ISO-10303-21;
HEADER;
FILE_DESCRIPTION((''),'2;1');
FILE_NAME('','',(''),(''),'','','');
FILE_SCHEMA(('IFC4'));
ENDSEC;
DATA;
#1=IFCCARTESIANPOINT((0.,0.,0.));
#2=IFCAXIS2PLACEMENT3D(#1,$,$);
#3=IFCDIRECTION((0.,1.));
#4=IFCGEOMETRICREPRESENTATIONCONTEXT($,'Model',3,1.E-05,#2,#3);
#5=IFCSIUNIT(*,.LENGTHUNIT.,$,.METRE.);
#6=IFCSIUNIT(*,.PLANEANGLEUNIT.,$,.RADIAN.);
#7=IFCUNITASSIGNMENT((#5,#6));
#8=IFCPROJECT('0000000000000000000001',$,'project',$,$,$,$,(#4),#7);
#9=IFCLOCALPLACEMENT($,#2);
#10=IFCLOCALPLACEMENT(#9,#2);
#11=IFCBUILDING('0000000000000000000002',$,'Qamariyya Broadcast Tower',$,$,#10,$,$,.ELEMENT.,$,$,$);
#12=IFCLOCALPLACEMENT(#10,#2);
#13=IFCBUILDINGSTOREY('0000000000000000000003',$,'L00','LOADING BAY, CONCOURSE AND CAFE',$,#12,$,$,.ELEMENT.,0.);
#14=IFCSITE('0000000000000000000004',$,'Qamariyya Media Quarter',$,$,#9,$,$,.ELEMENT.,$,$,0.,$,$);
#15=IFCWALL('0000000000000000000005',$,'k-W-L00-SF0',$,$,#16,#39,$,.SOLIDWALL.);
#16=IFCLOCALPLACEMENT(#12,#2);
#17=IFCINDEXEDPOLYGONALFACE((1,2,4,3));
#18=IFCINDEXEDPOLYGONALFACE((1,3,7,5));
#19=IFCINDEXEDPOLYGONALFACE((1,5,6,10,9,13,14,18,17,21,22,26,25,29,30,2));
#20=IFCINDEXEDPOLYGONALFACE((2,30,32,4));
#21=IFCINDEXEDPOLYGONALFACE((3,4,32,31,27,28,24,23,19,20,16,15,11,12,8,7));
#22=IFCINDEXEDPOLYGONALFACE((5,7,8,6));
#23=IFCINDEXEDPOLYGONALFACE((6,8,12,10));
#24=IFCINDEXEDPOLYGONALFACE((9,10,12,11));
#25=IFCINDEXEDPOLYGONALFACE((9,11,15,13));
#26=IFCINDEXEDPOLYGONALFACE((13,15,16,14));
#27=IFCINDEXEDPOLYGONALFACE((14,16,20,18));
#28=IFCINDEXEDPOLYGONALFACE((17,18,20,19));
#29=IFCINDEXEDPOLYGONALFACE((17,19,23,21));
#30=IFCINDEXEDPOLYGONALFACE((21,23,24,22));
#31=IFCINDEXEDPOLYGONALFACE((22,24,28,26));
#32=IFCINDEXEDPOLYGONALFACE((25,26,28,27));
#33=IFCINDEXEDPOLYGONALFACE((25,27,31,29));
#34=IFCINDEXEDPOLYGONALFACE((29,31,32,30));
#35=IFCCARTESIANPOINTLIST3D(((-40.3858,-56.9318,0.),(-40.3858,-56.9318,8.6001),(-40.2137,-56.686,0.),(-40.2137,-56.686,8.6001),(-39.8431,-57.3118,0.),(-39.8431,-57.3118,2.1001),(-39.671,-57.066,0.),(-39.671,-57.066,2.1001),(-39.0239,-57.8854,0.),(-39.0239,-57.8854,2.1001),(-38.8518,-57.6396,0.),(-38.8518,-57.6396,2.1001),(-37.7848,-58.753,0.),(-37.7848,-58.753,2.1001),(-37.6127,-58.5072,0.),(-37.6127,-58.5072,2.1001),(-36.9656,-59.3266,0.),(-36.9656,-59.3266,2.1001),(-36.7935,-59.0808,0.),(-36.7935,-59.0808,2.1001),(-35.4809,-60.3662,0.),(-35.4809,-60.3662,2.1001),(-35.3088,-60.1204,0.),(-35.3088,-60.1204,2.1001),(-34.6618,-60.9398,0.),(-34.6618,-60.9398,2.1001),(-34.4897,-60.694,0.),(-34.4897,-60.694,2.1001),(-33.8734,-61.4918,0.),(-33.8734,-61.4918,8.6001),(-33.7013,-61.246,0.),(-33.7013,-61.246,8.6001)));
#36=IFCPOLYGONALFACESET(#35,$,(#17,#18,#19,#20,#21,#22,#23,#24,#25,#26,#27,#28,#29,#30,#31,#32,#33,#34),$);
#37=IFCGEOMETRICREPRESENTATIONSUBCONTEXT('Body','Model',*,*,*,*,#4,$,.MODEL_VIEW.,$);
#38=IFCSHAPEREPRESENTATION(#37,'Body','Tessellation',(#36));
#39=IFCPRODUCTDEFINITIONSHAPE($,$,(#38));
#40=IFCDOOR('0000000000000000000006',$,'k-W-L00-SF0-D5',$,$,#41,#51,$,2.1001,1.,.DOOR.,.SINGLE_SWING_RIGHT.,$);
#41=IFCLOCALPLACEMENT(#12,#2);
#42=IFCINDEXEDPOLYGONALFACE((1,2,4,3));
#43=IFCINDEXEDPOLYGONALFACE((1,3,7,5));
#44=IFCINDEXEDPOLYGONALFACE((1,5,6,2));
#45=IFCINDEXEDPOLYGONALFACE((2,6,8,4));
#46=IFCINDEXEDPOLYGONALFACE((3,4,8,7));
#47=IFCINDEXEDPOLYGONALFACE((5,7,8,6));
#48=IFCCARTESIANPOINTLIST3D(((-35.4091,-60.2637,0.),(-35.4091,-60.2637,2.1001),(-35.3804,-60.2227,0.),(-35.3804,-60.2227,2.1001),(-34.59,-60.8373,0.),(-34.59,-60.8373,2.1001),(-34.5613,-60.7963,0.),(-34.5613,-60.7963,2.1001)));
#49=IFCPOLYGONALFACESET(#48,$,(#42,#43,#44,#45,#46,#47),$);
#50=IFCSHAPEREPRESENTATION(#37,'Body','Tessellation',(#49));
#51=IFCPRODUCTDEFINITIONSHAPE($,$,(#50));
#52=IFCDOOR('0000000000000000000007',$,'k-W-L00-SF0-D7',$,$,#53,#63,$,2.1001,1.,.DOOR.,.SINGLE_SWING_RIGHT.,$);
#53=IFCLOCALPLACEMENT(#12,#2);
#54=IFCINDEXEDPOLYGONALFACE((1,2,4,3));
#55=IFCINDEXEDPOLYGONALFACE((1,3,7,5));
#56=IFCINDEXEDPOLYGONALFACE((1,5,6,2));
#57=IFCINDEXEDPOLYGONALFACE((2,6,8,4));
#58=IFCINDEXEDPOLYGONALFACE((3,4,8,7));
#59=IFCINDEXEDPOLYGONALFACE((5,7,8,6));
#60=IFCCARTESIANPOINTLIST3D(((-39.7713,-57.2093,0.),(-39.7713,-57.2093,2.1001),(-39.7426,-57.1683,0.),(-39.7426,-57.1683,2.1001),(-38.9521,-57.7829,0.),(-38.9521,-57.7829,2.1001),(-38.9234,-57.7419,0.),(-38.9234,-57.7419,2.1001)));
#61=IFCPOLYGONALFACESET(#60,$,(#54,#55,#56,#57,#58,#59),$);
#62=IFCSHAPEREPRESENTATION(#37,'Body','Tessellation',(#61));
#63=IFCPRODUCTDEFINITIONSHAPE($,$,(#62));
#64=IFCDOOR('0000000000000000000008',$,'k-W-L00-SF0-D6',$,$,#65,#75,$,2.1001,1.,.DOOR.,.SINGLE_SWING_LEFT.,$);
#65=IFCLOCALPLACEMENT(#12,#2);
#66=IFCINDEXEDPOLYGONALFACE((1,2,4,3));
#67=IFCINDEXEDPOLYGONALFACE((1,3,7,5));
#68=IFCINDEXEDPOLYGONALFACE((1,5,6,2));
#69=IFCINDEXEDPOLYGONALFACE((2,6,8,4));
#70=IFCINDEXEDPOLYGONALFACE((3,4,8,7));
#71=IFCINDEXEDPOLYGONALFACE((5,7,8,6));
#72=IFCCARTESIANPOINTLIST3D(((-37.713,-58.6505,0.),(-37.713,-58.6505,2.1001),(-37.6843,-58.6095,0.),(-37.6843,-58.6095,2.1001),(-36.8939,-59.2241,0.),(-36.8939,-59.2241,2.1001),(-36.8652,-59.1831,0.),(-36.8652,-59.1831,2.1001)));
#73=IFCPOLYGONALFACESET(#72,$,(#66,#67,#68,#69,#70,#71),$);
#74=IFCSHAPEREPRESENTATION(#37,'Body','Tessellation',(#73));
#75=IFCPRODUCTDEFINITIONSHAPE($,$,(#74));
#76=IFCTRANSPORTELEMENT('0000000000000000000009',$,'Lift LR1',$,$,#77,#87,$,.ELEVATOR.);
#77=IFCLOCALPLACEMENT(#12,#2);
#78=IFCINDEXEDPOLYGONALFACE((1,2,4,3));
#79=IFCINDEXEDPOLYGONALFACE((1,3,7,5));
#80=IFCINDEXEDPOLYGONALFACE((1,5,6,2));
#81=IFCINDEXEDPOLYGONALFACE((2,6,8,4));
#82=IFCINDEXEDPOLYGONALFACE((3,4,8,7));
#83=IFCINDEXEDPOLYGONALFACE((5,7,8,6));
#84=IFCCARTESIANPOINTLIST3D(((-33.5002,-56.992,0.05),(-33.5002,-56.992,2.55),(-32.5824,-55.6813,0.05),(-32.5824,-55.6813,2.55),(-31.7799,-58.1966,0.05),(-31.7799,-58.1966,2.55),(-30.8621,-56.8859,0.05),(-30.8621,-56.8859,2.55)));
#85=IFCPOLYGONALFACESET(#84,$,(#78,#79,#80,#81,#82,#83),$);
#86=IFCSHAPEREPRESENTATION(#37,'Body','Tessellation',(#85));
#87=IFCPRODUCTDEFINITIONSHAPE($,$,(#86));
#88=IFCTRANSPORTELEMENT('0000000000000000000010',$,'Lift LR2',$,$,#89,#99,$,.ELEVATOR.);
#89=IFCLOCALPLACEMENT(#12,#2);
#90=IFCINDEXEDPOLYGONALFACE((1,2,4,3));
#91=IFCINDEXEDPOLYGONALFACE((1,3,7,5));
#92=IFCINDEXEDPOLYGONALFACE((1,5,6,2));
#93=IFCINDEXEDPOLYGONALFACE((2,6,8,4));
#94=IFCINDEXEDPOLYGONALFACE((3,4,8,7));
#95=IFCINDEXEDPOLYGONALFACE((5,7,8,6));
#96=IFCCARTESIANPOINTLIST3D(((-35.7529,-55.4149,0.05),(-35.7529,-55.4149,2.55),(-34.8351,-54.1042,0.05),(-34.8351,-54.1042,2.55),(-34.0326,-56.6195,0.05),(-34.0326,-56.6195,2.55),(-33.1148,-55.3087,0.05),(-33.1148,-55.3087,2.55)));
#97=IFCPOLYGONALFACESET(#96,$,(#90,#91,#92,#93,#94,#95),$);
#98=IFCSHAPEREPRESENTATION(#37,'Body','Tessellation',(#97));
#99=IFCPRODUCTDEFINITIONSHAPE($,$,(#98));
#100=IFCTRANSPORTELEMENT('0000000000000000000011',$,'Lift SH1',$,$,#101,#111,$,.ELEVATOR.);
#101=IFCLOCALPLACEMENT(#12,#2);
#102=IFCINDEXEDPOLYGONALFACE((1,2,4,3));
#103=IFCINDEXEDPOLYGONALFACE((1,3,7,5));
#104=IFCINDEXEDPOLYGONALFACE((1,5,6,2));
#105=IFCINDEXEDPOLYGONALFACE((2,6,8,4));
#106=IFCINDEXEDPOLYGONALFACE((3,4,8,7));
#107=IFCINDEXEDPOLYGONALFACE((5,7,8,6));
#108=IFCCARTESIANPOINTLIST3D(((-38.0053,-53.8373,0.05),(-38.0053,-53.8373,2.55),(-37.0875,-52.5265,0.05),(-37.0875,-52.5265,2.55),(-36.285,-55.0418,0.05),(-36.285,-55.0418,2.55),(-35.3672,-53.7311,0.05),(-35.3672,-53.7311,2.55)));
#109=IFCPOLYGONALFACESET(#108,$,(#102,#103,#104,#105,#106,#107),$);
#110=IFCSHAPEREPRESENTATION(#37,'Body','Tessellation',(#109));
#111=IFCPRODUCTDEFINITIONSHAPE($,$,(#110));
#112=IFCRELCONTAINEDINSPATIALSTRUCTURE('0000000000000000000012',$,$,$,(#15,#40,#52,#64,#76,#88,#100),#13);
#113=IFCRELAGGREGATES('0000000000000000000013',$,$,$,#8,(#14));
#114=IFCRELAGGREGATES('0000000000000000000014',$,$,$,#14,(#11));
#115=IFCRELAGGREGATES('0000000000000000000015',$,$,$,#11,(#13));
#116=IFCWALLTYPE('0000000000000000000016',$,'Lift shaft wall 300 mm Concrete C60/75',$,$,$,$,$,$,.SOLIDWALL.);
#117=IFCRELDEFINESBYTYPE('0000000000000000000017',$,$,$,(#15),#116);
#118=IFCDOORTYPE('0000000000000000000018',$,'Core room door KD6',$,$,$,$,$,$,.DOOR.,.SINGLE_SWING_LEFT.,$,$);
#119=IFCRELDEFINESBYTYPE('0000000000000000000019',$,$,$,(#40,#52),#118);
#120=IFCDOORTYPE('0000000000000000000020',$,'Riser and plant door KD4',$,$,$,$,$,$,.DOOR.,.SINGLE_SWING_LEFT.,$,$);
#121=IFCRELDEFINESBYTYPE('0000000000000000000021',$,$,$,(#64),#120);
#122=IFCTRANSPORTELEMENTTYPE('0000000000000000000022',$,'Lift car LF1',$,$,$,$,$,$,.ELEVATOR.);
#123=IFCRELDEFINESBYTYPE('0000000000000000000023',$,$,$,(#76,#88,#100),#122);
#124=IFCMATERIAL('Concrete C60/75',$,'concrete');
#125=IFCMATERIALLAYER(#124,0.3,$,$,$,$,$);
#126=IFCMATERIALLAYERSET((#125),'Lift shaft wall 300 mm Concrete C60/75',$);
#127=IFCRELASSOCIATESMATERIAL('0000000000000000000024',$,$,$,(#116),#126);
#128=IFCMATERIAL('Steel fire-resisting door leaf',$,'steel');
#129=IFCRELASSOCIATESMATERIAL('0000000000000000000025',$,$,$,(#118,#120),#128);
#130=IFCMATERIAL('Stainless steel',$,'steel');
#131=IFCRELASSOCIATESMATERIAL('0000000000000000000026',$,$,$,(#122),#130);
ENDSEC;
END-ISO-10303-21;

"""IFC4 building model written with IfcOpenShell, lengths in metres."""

from ifc_helpers import new_model, si_unit, direction, frame, frame_2d, origin, origin_2d, place, context, subcontext, project, spatial, rectangle, extrude, material, layer, layer_set, type_object, element, fill, save


model = new_model("IFC4")

# Units and contexts
model_context = context("Model", 3, precision=1e-05, world=origin(), true_north=direction((0.0, 1.0)))
body_context = subcontext(model_context, "Body", "Model", "MODEL_VIEW")
ifc_project = project(units=[si_unit("LENGTHUNIT", "METRE"), si_unit("PLANEANGLEUNIT", "RADIAN")], contexts=[model_context])

# Site, building, storey
site_placement = place(None, origin())
site = spatial("IfcSite", under=ifc_project, at=site_placement, Name="Qamariyya Media Quarter", CompositionType="ELEMENT", RefElevation=0.0)
building_placement = place(site_placement, origin())
building = spatial("IfcBuilding", under=site, at=building_placement, Name="Qamariyya Broadcast Tower", CompositionType="ELEMENT")
storey_placement = place(building_placement, origin())
storey = spatial("IfcBuildingStorey", under=building, at=storey_placement, Name="L00", Description="LOADING BAY, CONCOURSE AND CAFE", CompositionType="ELEMENT", Elevation=0.0)

# Shared definitions
ifc_material_1 = material(Name="Concrete C60/75", Category="concrete")
ifc_layer_1 = layer(ifc_material_1, 0.3)
ifc_layer_set_1 = layer_set([ifc_layer_1], Name="Lift shaft wall 300 mm Concrete C60/75")
wall_type_1 = type_object("IfcWallType", Name="Lift shaft wall 300 mm Concrete C60/75", PredefinedType="SOLIDWALL", material=ifc_layer_set_1)
ifc_material_2 = material(Name="Steel fire-resisting door leaf", Category="steel")

# Wall, openings, doors
wall_1_placement = place(storey_placement, frame((-33.7874, -61.3689, 0.0), z_axis=(0.0, 0.0, 1.0), x_axis=(-0.819153, 0.573576, 0.0)))
wall_1 = element("IfcWall", 1, at=wall_1_placement, inside=storey, type_object=wall_type_1, Name="k-W-L00-SF0", PredefinedType="SOLIDWALL", context=body_context, shape_type="SweptSolid", body=[
    extrude(rectangle(XDim=7.9502, YDim=0.3, at=frame_2d((3.9751, 0.0))), origin(), (0.0, 0.0, 1.0), 8.6001),
])
opening_1_placement = place(wall_1_placement, frame((0.9624, 0.0, 0.0)))
opening_1 = element("IfcOpeningElement", 2, at=opening_1_placement, cuts=wall_1, PredefinedType="OPENING", context=body_context, shape_type="SweptSolid", body=[
    extrude(rectangle(XDim=1.0, YDim=2.1001, at=frame_2d((0.5, 1.05))), frame((0.0, 0.1599, 0.0), z_axis=(0.0, -1.0, 0.0), x_axis=(1.0, 0.0, 0.0)), (0.0, 0.0, 1.0), 0.3201),
])
opening_2_placement = place(wall_1_placement, frame((3.7749, 0.0, 0.0)))
opening_2 = element("IfcOpeningElement", 3, at=opening_2_placement, cuts=wall_1, PredefinedType="OPENING", context=body_context, shape_type="SweptSolid", body=[
    extrude(rectangle(XDim=1.0, YDim=2.1001, at=frame_2d((0.5, 1.05))), frame((0.0, 0.1599, 0.0), z_axis=(0.0, -1.0, 0.0), x_axis=(1.0, 0.0, 0.0)), (0.0, 0.0, 1.0), 0.3201),
])
opening_3_placement = place(wall_1_placement, frame((6.2876, 0.0, 0.0)))
opening_3 = element("IfcOpeningElement", 4, at=opening_3_placement, cuts=wall_1, PredefinedType="OPENING", context=body_context, shape_type="SweptSolid", body=[
    extrude(rectangle(XDim=1.0, YDim=2.1001, at=frame_2d((0.5, 1.05))), frame((0.0, 0.1599, 0.0), z_axis=(0.0, -1.0, 0.0), x_axis=(1.0, 0.0, 0.0)), (0.0, 0.0, 1.0), 0.3201),
])
door_type_1 = type_object("IfcDoorType", Name="Core room door KD6", OperationType="SINGLE_SWING_LEFT", PredefinedType="DOOR", material=ifc_material_2)
door_1_placement = place(opening_1_placement, origin())
door_1 = element("IfcDoor", 5, at=door_1_placement, inside=storey, type_object=door_type_1, Name="k-W-L00-SF0-D5", OperationType="SINGLE_SWING_RIGHT", OverallHeight=2.1001, OverallWidth=1.0, PredefinedType="DOOR", context=body_context, shape_type="SweptSolid", body=[
    extrude(rectangle(XDim=1.0, YDim=2.1001, at=frame_2d((0.5, 1.05))), frame((0.0, 0.0249, 0.0), z_axis=(0.0, -1.0, 0.0), x_axis=(1.0, 0.0, 0.0)), (0.0, 0.0, 1.0), 0.05),
])
fill(opening_1, door_1)
door_2_placement = place(opening_3_placement, origin())
door_2 = element("IfcDoor", 6, at=door_2_placement, inside=storey, type_object=door_type_1, Name="k-W-L00-SF0-D7", OperationType="SINGLE_SWING_RIGHT", OverallHeight=2.1001, OverallWidth=1.0, PredefinedType="DOOR", context=body_context, shape_type="SweptSolid", body=[
    extrude(rectangle(XDim=1.0, YDim=2.1001, at=frame_2d((0.5, 1.05))), frame((0.0, 0.0249, 0.0), z_axis=(0.0, -1.0, 0.0), x_axis=(1.0, 0.0, 0.0)), (0.0, 0.0, 1.0), 0.05),
])
fill(opening_3, door_2)
door_type_2 = type_object("IfcDoorType", Name="Riser and plant door KD4", OperationType="SINGLE_SWING_LEFT", PredefinedType="DOOR", material=ifc_material_2)
door_3_placement = place(opening_2_placement, origin())
door_3 = element("IfcDoor", 7, at=door_3_placement, inside=storey, type_object=door_type_2, Name="k-W-L00-SF0-D6", OperationType="SINGLE_SWING_LEFT", OverallHeight=2.1001, OverallWidth=1.0, PredefinedType="DOOR", context=body_context, shape_type="SweptSolid", body=[
    extrude(rectangle(XDim=1.0, YDim=2.1001, at=frame_2d((0.5, 1.05))), frame((0.0, 0.0249, 0.0), z_axis=(0.0, -1.0, 0.0), x_axis=(1.0, 0.0, 0.0)), (0.0, 0.0, 1.0), 0.05),
])
fill(opening_2, door_3)

# Transport elements
ifc_material_3 = material(Name="Stainless steel", Category="steel")
transport_element_type = type_object("IfcTransportElementType", Name="Lift car LF1", PredefinedType="ELEVATOR", material=ifc_material_3)
for number, where, z_axis, x_axis, name in (
    (8, (-32.1812, -56.939, 0.05), (0.0, 0.0, 1.0), (-0.819152, 0.573576, 0.0), "Lift LR1"),
    (9, (-34.4338, -55.3618, 0.05), (0.0, 0.0, 1.0), (-0.819152, 0.573576, 0.0), "Lift LR2"),
    (10, (-36.6863, -53.7842, 0.05), (0.0, 0.0, 1.0), (-0.819152, 0.573576, 0.0), "Lift SH1"),
):
    element("IfcTransportElement", number, at=place(storey_placement, frame(where, z_axis=z_axis, x_axis=x_axis)), inside=storey, type_object=transport_element_type, Name=name, PredefinedType="ELEVATOR", context=body_context, shape_type="SweptSolid", body=[
        extrude(rectangle(XDim=2.1001, YDim=1.6001, at=origin_2d()), origin(), (0.0, 0.0, 1.0), 2.5),
    ])

save(model, "model.ifc")
